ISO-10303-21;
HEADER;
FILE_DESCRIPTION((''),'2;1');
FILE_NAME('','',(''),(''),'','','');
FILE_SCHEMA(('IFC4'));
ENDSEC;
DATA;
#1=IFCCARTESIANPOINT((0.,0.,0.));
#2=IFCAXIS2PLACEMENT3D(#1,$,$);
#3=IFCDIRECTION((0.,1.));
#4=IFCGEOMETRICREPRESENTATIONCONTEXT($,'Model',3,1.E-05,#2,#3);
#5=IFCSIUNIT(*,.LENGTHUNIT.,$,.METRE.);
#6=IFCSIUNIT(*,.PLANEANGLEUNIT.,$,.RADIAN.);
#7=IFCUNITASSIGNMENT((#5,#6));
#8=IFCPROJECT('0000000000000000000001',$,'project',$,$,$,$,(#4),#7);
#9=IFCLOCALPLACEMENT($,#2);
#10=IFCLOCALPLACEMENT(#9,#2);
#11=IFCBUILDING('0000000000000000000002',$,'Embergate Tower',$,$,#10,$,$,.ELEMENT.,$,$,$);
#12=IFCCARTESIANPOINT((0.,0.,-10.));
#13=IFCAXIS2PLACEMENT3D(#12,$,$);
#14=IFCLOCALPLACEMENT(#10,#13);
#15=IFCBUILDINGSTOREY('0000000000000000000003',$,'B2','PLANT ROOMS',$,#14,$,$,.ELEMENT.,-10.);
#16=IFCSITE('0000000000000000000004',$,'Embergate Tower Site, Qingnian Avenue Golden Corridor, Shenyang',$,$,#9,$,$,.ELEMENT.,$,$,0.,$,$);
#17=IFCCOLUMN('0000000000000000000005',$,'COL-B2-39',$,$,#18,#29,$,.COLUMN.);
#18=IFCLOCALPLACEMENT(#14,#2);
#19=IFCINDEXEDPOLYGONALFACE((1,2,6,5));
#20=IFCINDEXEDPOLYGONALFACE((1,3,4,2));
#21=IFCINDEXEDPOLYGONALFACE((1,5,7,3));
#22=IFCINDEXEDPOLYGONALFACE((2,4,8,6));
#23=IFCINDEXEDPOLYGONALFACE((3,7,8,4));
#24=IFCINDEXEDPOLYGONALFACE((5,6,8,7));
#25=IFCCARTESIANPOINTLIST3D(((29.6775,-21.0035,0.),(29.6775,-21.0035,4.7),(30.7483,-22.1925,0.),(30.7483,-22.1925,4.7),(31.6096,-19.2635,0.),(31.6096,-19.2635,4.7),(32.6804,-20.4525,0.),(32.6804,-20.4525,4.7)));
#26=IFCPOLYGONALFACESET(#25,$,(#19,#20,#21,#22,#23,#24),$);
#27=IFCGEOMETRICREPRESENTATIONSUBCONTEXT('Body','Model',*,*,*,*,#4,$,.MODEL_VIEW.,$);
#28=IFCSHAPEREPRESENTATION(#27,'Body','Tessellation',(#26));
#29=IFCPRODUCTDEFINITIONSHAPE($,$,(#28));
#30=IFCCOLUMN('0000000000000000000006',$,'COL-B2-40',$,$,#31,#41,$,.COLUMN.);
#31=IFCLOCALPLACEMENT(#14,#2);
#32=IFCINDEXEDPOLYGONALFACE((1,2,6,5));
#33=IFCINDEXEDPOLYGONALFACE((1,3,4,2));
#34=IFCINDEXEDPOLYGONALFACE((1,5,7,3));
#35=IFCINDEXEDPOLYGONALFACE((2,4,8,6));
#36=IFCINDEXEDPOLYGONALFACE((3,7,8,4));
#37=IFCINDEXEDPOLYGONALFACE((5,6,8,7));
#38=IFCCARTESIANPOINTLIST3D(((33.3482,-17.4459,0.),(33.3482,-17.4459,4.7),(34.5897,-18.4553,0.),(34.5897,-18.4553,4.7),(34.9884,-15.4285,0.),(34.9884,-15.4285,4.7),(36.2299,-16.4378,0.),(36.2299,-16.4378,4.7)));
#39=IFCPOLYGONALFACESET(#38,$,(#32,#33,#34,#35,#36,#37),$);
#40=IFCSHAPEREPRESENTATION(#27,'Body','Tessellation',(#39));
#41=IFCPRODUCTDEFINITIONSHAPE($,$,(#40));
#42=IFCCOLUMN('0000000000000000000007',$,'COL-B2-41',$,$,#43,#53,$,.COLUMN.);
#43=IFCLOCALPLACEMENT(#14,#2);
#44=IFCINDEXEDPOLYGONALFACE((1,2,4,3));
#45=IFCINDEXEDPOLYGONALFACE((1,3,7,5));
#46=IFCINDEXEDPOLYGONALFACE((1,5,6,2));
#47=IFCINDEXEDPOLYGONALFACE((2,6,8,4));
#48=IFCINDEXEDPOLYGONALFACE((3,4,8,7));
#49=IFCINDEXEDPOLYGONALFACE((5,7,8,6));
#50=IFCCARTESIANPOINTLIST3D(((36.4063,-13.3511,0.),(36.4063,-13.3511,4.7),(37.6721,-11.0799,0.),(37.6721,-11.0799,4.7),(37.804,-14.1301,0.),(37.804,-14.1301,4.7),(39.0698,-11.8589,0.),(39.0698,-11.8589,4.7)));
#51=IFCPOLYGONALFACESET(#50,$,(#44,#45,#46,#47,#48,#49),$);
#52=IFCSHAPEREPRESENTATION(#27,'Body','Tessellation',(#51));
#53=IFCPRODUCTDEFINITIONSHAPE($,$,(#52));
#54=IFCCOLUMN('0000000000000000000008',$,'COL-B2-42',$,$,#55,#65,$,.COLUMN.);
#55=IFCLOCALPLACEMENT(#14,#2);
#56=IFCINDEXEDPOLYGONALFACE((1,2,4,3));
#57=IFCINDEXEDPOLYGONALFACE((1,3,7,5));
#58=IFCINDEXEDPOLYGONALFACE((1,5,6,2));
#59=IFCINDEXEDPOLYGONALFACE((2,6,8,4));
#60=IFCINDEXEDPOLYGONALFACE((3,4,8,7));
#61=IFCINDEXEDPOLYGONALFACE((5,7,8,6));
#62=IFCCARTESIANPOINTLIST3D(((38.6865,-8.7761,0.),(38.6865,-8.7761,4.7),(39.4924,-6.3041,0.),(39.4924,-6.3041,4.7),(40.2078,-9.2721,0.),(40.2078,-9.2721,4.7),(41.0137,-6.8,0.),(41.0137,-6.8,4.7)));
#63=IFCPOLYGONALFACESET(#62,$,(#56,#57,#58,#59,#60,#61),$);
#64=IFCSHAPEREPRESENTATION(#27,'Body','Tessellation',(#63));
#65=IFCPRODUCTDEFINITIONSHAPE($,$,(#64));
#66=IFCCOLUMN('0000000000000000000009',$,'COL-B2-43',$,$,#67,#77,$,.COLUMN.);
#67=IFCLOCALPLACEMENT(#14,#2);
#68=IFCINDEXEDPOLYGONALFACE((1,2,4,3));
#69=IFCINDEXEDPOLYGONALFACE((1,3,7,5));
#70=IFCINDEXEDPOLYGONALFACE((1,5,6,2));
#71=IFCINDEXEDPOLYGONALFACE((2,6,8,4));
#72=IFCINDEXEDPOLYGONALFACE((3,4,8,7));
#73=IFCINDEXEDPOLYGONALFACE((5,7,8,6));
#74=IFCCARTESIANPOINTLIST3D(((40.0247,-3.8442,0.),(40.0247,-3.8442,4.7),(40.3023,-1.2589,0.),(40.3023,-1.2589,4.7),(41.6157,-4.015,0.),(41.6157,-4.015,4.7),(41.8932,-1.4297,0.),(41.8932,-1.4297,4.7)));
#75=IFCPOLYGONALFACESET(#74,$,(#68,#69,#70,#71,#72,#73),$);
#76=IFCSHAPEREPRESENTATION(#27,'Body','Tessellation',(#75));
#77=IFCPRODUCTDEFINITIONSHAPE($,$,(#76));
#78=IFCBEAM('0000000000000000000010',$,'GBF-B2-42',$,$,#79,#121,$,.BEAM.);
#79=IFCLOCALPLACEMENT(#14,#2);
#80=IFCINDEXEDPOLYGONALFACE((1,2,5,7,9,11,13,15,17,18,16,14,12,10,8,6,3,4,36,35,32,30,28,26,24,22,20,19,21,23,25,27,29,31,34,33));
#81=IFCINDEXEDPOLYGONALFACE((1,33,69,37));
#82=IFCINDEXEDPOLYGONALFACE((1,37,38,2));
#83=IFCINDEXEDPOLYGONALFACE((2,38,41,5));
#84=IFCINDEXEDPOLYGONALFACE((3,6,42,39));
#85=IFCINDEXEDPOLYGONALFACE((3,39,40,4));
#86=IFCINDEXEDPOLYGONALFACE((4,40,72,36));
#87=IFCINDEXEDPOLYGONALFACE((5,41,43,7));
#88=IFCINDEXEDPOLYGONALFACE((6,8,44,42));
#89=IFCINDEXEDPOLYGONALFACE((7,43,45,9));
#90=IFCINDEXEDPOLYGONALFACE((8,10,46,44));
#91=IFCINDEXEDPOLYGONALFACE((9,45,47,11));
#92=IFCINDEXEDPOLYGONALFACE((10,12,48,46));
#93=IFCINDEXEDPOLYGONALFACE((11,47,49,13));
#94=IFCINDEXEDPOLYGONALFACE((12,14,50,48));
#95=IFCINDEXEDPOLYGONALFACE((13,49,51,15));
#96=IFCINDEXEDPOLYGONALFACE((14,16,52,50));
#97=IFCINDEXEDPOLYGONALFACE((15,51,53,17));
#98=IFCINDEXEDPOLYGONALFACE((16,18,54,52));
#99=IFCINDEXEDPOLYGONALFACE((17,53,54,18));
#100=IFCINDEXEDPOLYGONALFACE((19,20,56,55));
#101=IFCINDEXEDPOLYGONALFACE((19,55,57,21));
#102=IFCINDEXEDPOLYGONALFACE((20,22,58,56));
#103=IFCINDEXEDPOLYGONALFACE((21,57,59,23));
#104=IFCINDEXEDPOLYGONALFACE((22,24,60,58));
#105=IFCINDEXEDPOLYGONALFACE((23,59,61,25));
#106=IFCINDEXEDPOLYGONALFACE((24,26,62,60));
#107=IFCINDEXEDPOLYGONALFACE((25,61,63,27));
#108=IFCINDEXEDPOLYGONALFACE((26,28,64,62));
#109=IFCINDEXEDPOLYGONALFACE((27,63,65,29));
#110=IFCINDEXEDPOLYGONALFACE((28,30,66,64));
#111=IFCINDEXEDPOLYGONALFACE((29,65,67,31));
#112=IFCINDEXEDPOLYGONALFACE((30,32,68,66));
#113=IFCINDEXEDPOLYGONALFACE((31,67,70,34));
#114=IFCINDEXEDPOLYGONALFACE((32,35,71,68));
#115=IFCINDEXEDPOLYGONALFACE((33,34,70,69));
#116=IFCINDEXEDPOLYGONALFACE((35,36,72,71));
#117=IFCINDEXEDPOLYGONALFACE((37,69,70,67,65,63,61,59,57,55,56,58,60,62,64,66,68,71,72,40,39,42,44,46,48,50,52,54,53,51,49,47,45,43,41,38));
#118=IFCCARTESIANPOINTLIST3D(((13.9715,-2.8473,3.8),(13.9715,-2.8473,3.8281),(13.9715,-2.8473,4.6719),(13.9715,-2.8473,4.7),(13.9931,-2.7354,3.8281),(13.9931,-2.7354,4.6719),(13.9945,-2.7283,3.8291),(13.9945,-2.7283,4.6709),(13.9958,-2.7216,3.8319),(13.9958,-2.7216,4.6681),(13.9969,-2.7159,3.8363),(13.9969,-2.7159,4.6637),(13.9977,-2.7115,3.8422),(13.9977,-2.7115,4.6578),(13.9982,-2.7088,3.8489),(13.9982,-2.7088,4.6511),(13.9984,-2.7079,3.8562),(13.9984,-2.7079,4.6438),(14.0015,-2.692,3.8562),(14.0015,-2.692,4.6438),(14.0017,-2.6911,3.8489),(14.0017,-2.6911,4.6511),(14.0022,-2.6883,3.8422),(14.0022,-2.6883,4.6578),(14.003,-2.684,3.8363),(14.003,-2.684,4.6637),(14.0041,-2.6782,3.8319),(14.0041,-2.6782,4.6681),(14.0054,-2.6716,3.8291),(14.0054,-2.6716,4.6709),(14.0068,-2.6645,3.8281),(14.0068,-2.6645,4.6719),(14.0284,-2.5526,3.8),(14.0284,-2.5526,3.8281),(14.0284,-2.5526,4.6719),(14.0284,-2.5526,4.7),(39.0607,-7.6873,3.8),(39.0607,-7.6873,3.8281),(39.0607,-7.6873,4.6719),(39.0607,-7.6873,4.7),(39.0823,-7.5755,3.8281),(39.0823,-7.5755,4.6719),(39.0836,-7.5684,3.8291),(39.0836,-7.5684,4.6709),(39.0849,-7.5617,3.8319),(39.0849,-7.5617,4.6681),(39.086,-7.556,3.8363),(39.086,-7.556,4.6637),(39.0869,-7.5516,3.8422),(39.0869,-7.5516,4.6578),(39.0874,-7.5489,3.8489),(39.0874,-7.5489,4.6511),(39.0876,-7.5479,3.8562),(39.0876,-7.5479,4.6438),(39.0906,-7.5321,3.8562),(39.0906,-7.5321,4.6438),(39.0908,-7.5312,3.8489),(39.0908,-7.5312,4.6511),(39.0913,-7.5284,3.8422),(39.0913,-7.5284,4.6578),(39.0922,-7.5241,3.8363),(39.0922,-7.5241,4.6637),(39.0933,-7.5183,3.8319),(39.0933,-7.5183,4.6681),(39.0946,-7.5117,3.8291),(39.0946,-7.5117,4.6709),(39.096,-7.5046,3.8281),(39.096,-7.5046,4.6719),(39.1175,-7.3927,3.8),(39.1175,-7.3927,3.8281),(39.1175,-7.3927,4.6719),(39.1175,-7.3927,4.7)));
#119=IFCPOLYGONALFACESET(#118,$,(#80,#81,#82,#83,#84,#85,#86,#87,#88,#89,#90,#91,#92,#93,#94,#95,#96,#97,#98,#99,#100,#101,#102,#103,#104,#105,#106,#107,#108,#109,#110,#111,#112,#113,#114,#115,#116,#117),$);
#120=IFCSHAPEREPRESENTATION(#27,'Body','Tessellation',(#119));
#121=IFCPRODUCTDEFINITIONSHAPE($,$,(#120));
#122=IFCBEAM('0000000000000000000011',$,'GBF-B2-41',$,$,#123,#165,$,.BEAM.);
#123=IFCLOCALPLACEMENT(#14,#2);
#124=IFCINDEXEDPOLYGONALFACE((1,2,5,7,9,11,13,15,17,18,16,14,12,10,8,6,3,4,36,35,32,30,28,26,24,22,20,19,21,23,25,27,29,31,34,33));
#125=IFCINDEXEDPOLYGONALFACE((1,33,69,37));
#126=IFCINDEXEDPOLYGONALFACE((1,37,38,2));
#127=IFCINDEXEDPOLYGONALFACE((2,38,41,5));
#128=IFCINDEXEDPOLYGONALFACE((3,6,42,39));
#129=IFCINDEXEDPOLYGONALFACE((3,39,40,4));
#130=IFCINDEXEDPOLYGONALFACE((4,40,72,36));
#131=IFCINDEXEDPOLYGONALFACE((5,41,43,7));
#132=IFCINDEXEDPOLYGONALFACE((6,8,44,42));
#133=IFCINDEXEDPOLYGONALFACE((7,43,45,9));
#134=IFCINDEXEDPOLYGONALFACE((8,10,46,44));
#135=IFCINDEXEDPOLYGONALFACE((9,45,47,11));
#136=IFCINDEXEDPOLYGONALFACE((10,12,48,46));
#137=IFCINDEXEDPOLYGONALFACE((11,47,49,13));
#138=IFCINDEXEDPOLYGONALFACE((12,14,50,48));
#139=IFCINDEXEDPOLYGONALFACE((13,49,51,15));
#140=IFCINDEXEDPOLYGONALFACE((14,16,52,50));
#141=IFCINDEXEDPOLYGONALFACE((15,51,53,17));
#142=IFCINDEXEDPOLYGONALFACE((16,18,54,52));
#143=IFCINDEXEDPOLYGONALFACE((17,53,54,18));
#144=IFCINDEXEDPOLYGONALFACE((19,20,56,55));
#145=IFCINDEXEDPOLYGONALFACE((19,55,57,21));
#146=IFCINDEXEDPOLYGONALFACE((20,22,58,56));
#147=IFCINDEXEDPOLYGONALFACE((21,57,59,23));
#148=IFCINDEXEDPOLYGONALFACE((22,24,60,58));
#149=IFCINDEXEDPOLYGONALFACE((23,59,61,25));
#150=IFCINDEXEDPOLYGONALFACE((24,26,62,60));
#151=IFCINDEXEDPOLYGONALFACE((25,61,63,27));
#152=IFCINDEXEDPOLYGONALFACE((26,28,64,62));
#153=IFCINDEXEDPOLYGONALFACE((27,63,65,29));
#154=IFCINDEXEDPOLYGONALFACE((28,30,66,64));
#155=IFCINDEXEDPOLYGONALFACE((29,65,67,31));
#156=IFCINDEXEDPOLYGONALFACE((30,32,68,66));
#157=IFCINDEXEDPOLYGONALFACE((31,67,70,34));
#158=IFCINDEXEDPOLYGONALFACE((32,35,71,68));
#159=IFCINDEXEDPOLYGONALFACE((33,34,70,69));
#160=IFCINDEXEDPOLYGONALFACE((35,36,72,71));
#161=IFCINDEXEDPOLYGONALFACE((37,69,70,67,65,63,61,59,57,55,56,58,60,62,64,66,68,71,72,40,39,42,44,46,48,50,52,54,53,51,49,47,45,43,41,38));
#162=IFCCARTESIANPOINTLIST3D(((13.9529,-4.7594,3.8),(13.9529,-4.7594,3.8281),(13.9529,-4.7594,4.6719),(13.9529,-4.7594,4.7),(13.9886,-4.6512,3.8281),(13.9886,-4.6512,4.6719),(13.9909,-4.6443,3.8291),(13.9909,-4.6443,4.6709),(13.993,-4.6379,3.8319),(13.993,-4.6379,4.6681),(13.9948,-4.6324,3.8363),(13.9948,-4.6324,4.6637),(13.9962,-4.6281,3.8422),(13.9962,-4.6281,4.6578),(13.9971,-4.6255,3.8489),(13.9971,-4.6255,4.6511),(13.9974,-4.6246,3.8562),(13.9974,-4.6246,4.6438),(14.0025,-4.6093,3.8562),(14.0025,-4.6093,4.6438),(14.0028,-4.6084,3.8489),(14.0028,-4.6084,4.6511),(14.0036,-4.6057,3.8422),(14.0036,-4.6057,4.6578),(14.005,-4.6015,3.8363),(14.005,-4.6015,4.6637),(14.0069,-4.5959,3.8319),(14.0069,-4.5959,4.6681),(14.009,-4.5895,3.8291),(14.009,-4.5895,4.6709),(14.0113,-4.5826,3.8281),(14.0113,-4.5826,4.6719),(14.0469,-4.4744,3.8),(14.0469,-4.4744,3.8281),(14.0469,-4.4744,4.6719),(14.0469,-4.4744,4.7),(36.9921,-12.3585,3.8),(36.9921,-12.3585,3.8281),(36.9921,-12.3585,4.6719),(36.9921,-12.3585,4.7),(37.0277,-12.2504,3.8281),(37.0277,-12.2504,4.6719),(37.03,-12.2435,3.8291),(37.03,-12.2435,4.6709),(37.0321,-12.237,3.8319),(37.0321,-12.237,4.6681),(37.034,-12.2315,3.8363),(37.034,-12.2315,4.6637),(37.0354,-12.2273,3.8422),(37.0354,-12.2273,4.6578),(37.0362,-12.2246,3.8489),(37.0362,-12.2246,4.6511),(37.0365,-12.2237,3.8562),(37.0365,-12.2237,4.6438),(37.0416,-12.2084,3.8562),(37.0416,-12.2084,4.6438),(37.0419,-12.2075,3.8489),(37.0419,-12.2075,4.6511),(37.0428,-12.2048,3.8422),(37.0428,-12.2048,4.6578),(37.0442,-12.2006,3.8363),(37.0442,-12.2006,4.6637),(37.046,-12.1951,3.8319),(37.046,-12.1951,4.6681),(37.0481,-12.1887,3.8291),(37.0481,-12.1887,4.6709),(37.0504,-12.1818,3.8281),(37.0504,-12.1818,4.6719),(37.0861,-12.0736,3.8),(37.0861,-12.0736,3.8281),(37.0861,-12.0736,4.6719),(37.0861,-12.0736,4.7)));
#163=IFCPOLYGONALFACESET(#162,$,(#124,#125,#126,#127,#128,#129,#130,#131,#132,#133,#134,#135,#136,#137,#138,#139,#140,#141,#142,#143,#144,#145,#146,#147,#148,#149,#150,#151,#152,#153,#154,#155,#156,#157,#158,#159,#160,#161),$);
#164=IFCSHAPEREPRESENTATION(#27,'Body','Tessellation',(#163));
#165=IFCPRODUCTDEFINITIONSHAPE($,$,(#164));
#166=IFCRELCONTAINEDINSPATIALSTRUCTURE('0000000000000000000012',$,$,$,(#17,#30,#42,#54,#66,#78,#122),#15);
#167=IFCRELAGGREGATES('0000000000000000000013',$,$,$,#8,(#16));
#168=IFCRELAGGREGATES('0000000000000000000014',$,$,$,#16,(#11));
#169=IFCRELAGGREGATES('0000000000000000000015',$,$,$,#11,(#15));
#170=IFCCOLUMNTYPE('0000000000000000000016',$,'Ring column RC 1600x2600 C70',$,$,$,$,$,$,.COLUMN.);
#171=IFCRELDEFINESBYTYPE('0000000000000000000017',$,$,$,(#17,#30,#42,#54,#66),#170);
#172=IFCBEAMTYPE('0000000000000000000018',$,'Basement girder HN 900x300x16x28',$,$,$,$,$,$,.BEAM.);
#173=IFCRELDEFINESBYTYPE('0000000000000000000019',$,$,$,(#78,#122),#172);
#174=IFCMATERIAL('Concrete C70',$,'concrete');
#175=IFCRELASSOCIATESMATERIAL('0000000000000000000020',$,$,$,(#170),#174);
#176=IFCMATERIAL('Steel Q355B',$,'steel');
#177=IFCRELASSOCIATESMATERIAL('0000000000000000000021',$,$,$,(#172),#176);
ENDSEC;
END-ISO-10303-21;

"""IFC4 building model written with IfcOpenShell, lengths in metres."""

from ifc_helpers import new_model, si_unit, direction, frame, origin, origin_2d, place, context, subcontext, project, spatial, rectangle, i_section, extrude, source, transform, mapped, material, material_profile, profile_set, type_object, element, save


model = new_model("IFC4")

# Units and contexts
model_context = context("Model", 3, precision=1e-05, world=origin(), true_north=direction((0.0, 1.0)))
body_context = subcontext(model_context, "Body", "Model", "MODEL_VIEW")
ifc_project = project(units=[si_unit("LENGTHUNIT", "METRE"), si_unit("PLANEANGLEUNIT", "RADIAN")], contexts=[model_context])

# Site, building, storey
site_placement = place(None, origin())
site = spatial("IfcSite", under=ifc_project, at=site_placement, Name="Embergate Tower Site, Qingnian Avenue Golden Corridor, Shenyang", CompositionType="ELEMENT", RefElevation=0.0)
building_placement = place(site_placement, origin())
building = spatial("IfcBuilding", under=site, at=building_placement, Name="Embergate Tower", CompositionType="ELEMENT")
storey_placement = place(building_placement, frame((0.0, 0.0, -10.0)))
storey = spatial("IfcBuildingStorey", under=building, at=storey_placement, Name="B2", Description="PLANT ROOMS", CompositionType="ELEMENT", Elevation=-10.0)

# Columns
ifc_material_1 = material(Name="Concrete C70", Category="concrete")
ifc_material_profile_1 = material_profile(ifc_material_1, rectangle(XDim=1.6001, YDim=2.6001, at=origin_2d()), Name="RC 1600x2600")
ifc_profile_set_1 = profile_set([ifc_material_profile_1], Name="Concrete C70")
column_type = type_object("IfcColumnType", Name="Ring column RC 1600x2600 C70", PredefinedType="COLUMN", material=ifc_profile_set_1)
shared_shape_1 = source(origin(), body_context, "Body", "SweptSolid", [
    extrude(rectangle(XDim=1.6001, YDim=2.6001, at=origin_2d()), origin(), (0.0, 0.0, 1.0), 4.7),
])
for number, where, z_axis, x_axis, name in (
    (1, (31.179, -20.728, 0.0), (0.0, 0.0, 1.0), (0.669208, -0.743075, 0.0), "COL-B2-39"),
    (2, (34.7891, -16.9419, 0.0), (0.0, 0.0, 1.0), (0.775925, -0.630825, 0.0), "COL-B2-40"),
    (3, (37.738, -12.605, 0.0), (0.0, 0.0, 1.0), (0.873492, -0.486839, 0.0), "COL-B2-41"),
    (4, (39.8501, -7.7881, 0.0), (0.0, 0.0, 1.0), (0.950754, -0.309946, 0.0), "COL-B2-42"),
    (5, (40.959, -2.637, 0.0), (0.0, 0.0, 1.0), (0.994286, -0.10675, 0.0), "COL-B2-43"),
):
    element("IfcColumn", number, at=place(storey_placement, frame(where, z_axis=z_axis, x_axis=x_axis)), inside=storey, type_object=column_type, Name=name, PredefinedType="COLUMN", context=body_context, shape_type="MappedRepresentation", body=[
        mapped(shared_shape_1, transform((0.0, 0.0, 0.0))),
    ])

# Beams
ifc_material_2 = material(Name="Steel Q355B", Category="steel")
ifc_material_profile_2 = material_profile(ifc_material_2, i_section(OverallWidth=0.3, OverallDepth=0.8999, WebThickness=0.0161, FlangeThickness=0.0281, FilletRadius=0.0281, at=origin_2d()), Name="HN 900x300x16x28")
ifc_profile_set_2 = profile_set([ifc_material_profile_2], Name="Steel Q355 grade B")
beam_type = type_object("IfcBeamType", Name="Basement girder HN 900x300x16x28", PredefinedType="BEAM", material=ifc_profile_set_2)
shared_shape_2 = source(origin(), body_context, "Body", "SweptSolid", [
    extrude(i_section(OverallWidth=0.3, OverallDepth=0.8999, WebThickness=0.0161, FlangeThickness=0.0281, FilletRadius=0.0281, at=origin_2d()), origin(), (0.0, 0.0, 1.0), 25.5518),
])
beam_1_placement = place(storey_placement, frame((39.0891, -7.54, 4.25), z_axis=(-0.981896, 0.189423, 0.0), x_axis=(-0.189423, -0.981896, 0.0)))
element("IfcBeam", 6, at=beam_1_placement, inside=storey, type_object=beam_type, Name="GBF-B2-42", PredefinedType="BEAM", context=body_context, shape_type="MappedRepresentation", body=[
    mapped(shared_shape_2, transform((0.0, 0.0, 0.0))),
])
shared_shape_3 = source(origin(), body_context, "Body", "SweptSolid", [
    extrude(i_section(OverallWidth=0.3, OverallDepth=0.8999, WebThickness=0.0161, FlangeThickness=0.0281, FilletRadius=0.0281, at=origin_2d()), origin(), (0.0, 0.0, 1.0), 24.26),
])
beam_2_placement = place(storey_placement, frame((37.0391, -12.2161, 4.25), z_axis=(-0.949675, 0.313237, 0.0), x_axis=(-0.313237, -0.949675, 0.0)))
element("IfcBeam", 7, at=beam_2_placement, inside=storey, type_object=beam_type, Name="GBF-B2-41", PredefinedType="BEAM", context=body_context, shape_type="MappedRepresentation", body=[
    mapped(shared_shape_3, transform((0.0, 0.0, 0.0))),
])

save(model, "model.ifc")
